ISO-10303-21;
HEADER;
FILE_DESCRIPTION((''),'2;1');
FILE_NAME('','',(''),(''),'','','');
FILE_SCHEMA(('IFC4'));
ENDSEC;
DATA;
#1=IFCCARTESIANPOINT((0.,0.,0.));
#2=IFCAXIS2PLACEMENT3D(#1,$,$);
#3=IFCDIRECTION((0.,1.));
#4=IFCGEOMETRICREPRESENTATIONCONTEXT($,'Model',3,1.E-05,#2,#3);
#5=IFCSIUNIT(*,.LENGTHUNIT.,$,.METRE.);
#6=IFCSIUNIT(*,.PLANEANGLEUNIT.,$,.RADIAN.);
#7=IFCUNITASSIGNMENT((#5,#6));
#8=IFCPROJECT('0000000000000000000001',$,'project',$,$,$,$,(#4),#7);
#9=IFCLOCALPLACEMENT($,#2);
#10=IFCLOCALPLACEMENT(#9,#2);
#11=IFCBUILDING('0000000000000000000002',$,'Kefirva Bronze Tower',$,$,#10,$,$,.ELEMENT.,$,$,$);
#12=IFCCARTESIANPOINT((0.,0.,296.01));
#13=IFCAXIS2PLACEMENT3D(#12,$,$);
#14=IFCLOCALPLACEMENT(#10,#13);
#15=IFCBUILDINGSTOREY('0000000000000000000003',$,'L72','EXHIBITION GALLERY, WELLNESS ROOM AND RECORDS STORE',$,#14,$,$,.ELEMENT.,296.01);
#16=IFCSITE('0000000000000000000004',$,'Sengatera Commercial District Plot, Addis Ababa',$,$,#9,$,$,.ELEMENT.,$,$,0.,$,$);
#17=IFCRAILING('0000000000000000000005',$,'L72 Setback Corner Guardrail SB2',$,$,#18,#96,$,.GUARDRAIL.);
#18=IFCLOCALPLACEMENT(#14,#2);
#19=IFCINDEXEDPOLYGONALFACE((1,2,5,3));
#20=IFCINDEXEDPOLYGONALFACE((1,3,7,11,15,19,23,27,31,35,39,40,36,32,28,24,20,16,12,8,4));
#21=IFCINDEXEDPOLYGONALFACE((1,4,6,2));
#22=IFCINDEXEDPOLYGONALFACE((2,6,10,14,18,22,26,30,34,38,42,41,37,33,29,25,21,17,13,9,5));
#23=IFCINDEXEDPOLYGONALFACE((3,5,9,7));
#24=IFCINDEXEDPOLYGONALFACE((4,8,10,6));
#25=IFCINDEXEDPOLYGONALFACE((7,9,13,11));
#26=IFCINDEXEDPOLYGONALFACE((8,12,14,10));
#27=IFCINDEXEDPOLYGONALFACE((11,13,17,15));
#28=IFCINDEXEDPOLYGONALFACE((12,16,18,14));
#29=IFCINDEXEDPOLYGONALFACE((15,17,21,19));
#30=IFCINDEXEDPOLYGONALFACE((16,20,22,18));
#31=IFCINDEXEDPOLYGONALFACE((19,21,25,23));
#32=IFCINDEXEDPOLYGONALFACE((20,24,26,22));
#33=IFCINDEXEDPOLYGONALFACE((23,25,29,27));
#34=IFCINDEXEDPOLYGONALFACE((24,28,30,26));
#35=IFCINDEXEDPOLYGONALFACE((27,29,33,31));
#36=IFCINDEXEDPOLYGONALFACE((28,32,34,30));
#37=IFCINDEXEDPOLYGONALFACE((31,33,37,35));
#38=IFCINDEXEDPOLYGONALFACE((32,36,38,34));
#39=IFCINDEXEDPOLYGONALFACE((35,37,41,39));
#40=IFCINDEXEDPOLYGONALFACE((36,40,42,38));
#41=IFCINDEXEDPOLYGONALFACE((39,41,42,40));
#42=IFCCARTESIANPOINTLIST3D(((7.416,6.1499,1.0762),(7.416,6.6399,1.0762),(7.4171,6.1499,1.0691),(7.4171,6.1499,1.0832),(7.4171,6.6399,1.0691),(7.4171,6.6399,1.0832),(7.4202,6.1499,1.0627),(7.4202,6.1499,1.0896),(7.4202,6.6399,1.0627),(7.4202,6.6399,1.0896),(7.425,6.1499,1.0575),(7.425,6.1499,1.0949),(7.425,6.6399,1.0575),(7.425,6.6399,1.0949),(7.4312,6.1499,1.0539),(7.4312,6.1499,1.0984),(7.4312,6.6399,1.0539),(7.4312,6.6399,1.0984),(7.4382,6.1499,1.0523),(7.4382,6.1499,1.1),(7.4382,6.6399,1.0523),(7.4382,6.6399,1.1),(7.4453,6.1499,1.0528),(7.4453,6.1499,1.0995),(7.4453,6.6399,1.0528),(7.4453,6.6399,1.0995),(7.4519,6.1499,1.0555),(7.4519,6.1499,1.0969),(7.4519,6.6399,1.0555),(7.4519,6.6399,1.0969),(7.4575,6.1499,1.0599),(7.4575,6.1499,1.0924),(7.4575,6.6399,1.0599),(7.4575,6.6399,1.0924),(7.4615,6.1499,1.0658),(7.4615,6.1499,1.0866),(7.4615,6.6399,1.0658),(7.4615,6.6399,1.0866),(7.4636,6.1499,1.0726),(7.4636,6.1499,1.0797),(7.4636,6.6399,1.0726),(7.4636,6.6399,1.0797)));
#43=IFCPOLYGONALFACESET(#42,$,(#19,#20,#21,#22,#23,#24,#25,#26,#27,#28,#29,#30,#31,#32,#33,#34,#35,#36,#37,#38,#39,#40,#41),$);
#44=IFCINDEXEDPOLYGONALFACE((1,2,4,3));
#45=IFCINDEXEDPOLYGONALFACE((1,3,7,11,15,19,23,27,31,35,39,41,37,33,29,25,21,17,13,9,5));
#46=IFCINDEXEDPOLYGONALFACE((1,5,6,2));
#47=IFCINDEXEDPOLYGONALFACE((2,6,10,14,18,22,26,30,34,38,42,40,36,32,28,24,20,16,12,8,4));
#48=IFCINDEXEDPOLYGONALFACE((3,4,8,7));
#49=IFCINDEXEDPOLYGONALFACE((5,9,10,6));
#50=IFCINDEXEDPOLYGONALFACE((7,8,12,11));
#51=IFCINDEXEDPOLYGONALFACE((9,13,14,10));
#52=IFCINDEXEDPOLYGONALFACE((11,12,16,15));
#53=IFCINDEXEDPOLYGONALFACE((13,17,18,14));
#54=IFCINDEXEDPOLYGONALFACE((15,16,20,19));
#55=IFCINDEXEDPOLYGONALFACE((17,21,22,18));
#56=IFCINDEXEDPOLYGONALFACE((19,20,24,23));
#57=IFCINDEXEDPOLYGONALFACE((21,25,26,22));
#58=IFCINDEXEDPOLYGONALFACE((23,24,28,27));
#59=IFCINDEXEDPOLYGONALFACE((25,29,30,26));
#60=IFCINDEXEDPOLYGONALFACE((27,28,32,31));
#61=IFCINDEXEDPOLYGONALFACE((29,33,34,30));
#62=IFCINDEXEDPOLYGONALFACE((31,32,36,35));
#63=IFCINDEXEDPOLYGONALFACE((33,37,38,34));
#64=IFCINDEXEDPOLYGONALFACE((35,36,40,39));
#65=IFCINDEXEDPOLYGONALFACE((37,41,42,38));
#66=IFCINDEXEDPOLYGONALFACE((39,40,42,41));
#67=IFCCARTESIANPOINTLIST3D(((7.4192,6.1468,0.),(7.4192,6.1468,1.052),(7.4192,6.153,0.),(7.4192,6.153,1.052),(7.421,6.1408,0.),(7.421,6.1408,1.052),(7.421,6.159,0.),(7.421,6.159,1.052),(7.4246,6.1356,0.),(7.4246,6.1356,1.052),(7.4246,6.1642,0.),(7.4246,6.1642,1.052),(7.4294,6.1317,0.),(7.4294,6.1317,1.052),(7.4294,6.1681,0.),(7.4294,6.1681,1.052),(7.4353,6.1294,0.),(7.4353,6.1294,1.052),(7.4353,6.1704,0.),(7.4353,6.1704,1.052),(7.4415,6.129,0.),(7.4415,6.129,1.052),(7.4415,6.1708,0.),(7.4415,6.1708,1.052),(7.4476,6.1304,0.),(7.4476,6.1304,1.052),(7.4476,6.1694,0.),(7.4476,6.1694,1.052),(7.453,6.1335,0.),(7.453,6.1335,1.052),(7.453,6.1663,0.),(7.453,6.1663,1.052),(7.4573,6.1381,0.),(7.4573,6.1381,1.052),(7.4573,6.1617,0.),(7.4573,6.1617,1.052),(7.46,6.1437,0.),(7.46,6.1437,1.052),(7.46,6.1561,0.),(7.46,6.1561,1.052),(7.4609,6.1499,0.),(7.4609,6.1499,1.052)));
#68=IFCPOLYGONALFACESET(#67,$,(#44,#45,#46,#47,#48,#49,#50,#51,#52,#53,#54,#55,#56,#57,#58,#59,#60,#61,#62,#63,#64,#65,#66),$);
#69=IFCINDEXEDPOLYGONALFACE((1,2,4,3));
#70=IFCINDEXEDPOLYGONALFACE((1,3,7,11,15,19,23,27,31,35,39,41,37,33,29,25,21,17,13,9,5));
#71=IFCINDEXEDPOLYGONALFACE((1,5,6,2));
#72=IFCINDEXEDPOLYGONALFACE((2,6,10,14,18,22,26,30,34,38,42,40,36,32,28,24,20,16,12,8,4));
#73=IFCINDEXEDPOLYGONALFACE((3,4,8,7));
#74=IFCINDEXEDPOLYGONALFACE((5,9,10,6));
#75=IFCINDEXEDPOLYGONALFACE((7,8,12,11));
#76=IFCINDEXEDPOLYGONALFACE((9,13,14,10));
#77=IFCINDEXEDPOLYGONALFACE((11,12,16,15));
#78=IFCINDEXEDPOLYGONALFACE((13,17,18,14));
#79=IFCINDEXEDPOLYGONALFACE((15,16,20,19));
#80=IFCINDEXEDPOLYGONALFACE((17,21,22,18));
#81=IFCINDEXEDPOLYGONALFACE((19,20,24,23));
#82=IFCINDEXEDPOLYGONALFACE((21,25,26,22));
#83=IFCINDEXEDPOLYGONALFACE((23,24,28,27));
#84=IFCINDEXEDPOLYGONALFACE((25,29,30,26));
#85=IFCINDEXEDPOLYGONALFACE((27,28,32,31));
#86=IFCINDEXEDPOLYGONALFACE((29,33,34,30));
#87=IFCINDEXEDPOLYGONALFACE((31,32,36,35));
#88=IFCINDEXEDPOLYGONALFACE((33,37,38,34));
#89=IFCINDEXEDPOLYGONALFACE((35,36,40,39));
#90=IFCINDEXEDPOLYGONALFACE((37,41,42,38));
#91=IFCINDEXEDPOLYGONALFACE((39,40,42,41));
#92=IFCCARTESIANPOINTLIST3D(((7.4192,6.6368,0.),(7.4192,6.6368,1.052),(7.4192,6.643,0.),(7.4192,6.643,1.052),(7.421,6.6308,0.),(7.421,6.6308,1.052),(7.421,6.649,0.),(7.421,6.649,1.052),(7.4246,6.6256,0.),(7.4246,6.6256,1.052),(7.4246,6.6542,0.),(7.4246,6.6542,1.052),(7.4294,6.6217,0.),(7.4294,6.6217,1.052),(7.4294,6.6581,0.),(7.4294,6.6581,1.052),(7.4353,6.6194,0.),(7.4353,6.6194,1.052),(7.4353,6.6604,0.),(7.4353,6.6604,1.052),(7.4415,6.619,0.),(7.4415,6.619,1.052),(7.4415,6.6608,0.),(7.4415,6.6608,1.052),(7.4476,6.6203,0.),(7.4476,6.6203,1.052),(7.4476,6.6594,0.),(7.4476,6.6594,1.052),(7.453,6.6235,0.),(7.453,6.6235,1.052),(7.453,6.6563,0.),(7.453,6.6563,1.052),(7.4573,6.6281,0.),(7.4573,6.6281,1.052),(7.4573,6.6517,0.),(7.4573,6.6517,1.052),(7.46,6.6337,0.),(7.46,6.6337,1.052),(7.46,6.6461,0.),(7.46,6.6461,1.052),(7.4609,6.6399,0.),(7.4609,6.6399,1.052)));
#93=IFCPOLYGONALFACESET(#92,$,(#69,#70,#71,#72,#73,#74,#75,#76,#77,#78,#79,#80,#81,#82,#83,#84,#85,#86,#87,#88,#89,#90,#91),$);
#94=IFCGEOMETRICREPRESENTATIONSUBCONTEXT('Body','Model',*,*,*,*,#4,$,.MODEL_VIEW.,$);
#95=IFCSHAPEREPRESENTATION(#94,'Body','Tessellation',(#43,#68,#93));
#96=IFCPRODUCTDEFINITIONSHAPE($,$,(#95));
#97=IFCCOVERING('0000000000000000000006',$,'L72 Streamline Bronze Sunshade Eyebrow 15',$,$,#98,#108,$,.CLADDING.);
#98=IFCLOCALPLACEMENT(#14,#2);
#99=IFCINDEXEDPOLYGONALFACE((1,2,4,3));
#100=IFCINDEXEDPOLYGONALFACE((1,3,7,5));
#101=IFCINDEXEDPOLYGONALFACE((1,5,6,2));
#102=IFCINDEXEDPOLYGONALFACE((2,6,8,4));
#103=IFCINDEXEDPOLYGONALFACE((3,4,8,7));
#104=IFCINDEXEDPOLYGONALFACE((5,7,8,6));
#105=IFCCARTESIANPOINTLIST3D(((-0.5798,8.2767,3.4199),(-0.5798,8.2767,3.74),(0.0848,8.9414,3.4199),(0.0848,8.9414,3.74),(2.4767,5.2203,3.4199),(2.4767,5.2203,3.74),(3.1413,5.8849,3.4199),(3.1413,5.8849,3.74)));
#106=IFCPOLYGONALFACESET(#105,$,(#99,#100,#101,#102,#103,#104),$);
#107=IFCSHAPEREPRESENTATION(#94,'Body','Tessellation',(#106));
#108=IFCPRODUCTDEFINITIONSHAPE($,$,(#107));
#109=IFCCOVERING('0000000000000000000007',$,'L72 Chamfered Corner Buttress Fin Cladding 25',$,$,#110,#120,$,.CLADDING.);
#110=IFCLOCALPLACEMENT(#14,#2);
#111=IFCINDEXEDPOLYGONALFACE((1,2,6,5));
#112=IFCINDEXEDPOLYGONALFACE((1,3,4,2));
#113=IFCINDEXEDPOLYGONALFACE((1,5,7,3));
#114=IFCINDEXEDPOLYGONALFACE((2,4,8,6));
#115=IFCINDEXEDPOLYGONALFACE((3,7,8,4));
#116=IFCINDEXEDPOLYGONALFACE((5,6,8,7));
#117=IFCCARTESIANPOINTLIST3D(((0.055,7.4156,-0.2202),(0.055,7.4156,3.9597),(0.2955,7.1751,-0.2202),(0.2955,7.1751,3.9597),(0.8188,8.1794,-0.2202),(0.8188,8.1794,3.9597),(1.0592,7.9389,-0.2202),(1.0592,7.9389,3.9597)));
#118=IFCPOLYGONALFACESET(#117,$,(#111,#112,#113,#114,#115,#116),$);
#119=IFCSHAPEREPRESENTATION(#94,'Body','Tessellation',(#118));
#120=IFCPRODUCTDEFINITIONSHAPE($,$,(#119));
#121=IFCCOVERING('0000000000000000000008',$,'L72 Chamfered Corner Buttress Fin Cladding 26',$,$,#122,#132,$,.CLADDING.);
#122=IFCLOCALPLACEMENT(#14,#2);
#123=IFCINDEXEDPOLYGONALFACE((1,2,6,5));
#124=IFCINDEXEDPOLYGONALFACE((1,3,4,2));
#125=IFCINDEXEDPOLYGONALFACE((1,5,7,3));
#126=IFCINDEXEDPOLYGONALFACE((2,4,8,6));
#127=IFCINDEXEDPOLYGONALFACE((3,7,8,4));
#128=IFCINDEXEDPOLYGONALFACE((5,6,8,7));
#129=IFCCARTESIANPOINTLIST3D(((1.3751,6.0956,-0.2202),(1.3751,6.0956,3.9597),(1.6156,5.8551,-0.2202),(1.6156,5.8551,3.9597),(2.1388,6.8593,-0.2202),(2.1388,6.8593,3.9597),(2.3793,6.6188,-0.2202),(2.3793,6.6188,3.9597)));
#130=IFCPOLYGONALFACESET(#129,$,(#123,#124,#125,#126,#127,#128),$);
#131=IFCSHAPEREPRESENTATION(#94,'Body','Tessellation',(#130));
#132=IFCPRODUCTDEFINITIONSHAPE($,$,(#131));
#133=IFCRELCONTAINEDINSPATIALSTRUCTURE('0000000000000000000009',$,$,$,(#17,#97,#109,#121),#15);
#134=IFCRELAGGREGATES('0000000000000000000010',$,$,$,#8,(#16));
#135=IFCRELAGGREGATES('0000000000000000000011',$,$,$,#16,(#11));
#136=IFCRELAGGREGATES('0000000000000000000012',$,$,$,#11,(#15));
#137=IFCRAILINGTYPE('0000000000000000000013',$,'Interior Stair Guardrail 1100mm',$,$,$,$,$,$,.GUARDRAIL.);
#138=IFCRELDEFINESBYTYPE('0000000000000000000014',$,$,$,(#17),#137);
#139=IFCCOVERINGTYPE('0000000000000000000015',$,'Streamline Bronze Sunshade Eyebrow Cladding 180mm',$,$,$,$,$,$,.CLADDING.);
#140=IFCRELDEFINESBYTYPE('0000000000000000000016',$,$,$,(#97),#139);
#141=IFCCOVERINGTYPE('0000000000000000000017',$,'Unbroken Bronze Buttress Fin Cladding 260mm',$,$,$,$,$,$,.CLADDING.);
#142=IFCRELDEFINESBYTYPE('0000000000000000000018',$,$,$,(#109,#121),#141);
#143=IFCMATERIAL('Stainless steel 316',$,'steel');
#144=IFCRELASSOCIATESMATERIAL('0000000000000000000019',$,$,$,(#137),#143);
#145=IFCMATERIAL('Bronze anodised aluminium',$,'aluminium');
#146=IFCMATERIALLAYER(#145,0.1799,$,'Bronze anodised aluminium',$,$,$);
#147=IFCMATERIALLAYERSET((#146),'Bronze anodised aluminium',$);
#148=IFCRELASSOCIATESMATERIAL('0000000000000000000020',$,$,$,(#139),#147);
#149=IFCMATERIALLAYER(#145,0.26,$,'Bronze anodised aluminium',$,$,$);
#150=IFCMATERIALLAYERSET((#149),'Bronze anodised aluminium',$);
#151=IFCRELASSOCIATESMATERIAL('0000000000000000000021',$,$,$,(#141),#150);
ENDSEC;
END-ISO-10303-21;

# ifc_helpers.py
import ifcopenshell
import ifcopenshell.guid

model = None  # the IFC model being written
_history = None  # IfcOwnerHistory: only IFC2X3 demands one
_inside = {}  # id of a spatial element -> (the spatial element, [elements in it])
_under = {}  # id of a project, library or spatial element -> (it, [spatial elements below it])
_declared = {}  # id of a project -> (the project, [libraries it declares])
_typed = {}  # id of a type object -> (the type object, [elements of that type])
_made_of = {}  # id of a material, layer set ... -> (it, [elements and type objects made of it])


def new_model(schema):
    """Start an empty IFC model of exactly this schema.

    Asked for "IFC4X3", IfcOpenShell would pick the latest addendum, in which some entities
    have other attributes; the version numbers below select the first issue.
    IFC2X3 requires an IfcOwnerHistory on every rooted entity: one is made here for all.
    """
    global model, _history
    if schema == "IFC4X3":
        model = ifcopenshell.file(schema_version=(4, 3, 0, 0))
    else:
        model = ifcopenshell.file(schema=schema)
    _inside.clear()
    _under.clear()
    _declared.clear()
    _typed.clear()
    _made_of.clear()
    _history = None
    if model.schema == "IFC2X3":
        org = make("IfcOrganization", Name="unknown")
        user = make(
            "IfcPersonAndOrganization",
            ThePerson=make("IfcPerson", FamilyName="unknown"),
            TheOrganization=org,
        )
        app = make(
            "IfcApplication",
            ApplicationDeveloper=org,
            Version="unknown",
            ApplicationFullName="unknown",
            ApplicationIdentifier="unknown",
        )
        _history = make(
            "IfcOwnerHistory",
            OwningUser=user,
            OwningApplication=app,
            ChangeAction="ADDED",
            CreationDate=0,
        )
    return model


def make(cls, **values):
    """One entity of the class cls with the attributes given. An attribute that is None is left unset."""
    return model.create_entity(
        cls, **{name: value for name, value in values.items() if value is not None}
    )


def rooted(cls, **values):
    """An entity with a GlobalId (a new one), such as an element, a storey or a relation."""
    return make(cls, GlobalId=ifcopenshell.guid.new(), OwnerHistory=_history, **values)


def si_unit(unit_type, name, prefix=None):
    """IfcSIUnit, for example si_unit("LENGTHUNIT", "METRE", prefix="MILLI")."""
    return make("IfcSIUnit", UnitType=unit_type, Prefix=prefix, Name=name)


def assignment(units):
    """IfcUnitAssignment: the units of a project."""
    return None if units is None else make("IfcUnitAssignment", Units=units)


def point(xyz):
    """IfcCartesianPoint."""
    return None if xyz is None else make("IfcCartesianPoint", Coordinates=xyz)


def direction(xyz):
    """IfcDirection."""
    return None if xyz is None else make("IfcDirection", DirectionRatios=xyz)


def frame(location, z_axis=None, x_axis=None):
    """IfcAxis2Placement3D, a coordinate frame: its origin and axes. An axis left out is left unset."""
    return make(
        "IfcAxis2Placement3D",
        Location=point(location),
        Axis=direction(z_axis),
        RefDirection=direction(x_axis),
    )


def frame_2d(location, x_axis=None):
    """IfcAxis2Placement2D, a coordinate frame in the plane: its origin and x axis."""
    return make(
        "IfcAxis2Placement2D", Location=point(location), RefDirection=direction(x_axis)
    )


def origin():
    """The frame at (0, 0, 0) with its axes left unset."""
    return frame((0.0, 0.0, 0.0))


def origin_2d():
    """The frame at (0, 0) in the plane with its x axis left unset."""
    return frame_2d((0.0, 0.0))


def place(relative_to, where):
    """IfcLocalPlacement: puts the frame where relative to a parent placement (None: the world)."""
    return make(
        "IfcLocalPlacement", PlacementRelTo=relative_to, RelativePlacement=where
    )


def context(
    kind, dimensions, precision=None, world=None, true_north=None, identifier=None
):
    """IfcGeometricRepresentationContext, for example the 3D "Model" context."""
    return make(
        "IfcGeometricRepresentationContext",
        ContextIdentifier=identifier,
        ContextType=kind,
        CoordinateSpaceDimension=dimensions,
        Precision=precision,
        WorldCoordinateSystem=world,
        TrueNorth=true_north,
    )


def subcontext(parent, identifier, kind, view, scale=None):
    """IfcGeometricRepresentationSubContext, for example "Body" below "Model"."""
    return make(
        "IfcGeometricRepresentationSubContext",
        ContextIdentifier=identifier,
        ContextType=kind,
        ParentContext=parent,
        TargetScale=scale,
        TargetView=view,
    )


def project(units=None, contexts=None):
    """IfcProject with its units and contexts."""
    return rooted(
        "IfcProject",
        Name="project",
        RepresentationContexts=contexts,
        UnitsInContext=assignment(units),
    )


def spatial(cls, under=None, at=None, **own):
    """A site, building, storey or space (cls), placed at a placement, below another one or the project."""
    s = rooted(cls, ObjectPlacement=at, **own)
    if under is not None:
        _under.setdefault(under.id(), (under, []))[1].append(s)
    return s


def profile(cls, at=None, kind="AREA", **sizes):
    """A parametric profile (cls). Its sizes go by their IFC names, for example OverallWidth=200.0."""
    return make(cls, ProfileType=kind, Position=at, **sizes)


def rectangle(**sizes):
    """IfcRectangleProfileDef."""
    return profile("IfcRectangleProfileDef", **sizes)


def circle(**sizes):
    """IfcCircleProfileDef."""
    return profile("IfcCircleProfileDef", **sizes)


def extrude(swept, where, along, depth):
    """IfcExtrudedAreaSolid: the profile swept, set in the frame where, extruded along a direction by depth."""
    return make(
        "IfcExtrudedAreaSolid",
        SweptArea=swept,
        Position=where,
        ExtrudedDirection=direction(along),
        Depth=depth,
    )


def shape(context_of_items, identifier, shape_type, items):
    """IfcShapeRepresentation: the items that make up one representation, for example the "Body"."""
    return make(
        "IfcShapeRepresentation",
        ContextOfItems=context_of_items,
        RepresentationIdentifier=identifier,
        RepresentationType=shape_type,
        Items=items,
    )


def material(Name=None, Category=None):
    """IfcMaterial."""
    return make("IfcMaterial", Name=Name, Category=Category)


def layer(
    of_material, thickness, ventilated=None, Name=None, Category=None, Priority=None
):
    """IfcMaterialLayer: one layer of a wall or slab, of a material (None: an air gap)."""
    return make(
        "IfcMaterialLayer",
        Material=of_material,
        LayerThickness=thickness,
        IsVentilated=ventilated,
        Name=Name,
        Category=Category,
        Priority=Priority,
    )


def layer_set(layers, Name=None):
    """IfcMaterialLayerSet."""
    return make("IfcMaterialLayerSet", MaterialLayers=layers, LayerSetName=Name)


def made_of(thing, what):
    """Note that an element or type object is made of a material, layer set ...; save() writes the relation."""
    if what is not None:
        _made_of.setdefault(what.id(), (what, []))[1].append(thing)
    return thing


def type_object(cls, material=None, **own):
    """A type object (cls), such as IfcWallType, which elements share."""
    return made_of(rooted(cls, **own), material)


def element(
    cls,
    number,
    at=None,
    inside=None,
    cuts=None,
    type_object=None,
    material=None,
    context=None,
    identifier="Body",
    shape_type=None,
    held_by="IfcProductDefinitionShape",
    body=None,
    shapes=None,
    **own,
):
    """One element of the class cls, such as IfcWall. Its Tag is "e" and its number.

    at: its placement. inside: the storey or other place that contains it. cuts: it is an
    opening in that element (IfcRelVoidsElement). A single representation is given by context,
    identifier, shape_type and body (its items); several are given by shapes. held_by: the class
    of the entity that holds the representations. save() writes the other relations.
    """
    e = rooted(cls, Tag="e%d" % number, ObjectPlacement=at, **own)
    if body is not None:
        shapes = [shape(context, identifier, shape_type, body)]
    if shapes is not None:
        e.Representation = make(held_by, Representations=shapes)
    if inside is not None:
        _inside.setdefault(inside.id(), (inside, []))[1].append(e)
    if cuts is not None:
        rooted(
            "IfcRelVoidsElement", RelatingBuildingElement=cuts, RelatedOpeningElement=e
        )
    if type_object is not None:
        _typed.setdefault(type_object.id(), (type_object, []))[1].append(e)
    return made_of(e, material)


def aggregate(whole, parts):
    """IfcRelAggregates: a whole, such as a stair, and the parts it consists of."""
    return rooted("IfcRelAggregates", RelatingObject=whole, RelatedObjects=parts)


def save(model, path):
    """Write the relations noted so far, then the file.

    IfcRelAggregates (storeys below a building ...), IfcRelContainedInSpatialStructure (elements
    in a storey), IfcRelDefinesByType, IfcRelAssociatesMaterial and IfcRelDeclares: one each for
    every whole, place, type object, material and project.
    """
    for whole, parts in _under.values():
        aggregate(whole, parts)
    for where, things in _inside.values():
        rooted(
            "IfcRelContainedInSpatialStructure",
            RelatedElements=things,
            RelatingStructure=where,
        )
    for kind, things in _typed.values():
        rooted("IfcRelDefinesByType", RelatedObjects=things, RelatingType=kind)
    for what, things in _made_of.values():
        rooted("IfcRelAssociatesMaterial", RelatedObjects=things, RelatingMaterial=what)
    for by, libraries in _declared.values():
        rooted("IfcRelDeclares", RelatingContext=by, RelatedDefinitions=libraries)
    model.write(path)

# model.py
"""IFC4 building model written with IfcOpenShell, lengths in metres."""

from ifc_helpers import new_model, si_unit, direction, frame, origin, origin_2d, place, context, subcontext, project, spatial, rectangle, circle, extrude, material, layer, layer_set, type_object, element, save


model = new_model("IFC4")

# Units and contexts
model_context = context("Model", 3, precision=1e-05, world=origin(), true_north=direction((0.0, 1.0)))
body_context = subcontext(model_context, "Body", "Model", "MODEL_VIEW")
ifc_project = project(units=[si_unit("LENGTHUNIT", "METRE"), si_unit("PLANEANGLEUNIT", "RADIAN")], contexts=[model_context])

# Site, building, storey
site_placement = place(None, origin())
site = spatial("IfcSite", under=ifc_project, at=site_placement, Name="Sengatera Commercial District Plot, Addis Ababa", CompositionType="ELEMENT", RefElevation=0.0)
building_placement = place(site_placement, origin())
building = spatial("IfcBuilding", under=site, at=building_placement, Name="Kefirva Bronze Tower", CompositionType="ELEMENT")
storey_placement = place(building_placement, frame((0.0, 0.0, 296.01)))
storey = spatial("IfcBuildingStorey", under=building, at=storey_placement, Name="L72", Description="EXHIBITION GALLERY, WELLNESS ROOM AND RECORDS STORE", CompositionType="ELEMENT", Elevation=296.01)

# Shared definitions
ifc_material_1 = material(Name="Bronze anodised aluminium", Category="aluminium")

# Railing
ifc_material_2 = material(Name="Stainless steel 316", Category="steel")
railing_type = type_object("IfcRailingType", Name="Interior Stair Guardrail 1100mm", PredefinedType="GUARDRAIL", material=ifc_material_2)
railing_placement = place(storey_placement, frame((7.4399, 6.1499, 0.0)))
element("IfcRailing", 1, at=railing_placement, inside=storey, type_object=railing_type, Name="L72 Setback Corner Guardrail SB2", PredefinedType="GUARDRAIL", context=body_context, shape_type="SweptSolid", body=[
    extrude(circle(Radius=0.0239, at=origin_2d()), frame((0.0, 0.0, 1.0762), z_axis=(0.0, 1.0, 0.0), x_axis=(-1.0, 0.0, 0.0)), (0.0, 0.0, 1.0), 0.49),
    extrude(circle(Radius=0.021, at=origin_2d()), origin(), (0.0, 0.0, 1.0), 1.052),
    extrude(circle(Radius=0.021, at=origin_2d()), frame((0.0, 0.49, 0.0)), (0.0, 0.0, 1.0), 1.052),
])

# Coverings
ifc_layer_1 = layer(ifc_material_1, 0.1799, Name="Bronze anodised aluminium")
ifc_layer_set_1 = layer_set([ifc_layer_1], Name="Bronze anodised aluminium")
covering_type_1 = type_object("IfcCoveringType", Name="Streamline Bronze Sunshade Eyebrow Cladding 180mm", PredefinedType="CLADDING", material=ifc_layer_set_1)
covering_1_placement = place(storey_placement, frame((1.2808, 7.0808, 3.4199), z_axis=(0.0, 0.0, 1.0), x_axis=(0.707107, -0.707107, 0.0)))
element("IfcCovering", 2, at=covering_1_placement, inside=storey, type_object=covering_type_1, Name="L72 Streamline Bronze Sunshade Eyebrow 15", PredefinedType="CLADDING", context=body_context, shape_type="SweptSolid", body=[
    extrude(rectangle(XDim=4.3225, YDim=0.9399, at=origin_2d()), origin(), (0.0, 0.0, 1.0), 0.3201),
])
ifc_layer_2 = layer(ifc_material_1, 0.26, Name="Bronze anodised aluminium")
ifc_layer_set_2 = layer_set([ifc_layer_2], Name="Bronze anodised aluminium")
covering_type_2 = type_object("IfcCoveringType", Name="Unbroken Bronze Buttress Fin Cladding 260mm", PredefinedType="CLADDING", material=ifc_layer_set_2)
for number, where, z_axis, x_axis, name in (
    (3, (0.5571, 7.6772, -0.2202), (0.0, 0.0, 1.0), (0.707107, -0.707107, 0.0), "L72 Chamfered Corner Buttress Fin Cladding 25"),
    (4, (1.8772, 6.3572, -0.2202), (0.0, 0.0, 1.0), (0.707107, -0.707107, 0.0), "L72 Chamfered Corner Buttress Fin Cladding 26"),
):
    element("IfcCovering", number, at=place(storey_placement, frame(where, z_axis=z_axis, x_axis=x_axis)), inside=storey, type_object=covering_type_2, Name=name, PredefinedType="CLADDING", context=body_context, shape_type="SweptSolid", body=[
        extrude(rectangle(XDim=0.3401, YDim=1.0801, at=origin_2d()), origin(), (0.0, 0.0, 1.0), 4.1799),
    ])

save(model, "model.ifc")
